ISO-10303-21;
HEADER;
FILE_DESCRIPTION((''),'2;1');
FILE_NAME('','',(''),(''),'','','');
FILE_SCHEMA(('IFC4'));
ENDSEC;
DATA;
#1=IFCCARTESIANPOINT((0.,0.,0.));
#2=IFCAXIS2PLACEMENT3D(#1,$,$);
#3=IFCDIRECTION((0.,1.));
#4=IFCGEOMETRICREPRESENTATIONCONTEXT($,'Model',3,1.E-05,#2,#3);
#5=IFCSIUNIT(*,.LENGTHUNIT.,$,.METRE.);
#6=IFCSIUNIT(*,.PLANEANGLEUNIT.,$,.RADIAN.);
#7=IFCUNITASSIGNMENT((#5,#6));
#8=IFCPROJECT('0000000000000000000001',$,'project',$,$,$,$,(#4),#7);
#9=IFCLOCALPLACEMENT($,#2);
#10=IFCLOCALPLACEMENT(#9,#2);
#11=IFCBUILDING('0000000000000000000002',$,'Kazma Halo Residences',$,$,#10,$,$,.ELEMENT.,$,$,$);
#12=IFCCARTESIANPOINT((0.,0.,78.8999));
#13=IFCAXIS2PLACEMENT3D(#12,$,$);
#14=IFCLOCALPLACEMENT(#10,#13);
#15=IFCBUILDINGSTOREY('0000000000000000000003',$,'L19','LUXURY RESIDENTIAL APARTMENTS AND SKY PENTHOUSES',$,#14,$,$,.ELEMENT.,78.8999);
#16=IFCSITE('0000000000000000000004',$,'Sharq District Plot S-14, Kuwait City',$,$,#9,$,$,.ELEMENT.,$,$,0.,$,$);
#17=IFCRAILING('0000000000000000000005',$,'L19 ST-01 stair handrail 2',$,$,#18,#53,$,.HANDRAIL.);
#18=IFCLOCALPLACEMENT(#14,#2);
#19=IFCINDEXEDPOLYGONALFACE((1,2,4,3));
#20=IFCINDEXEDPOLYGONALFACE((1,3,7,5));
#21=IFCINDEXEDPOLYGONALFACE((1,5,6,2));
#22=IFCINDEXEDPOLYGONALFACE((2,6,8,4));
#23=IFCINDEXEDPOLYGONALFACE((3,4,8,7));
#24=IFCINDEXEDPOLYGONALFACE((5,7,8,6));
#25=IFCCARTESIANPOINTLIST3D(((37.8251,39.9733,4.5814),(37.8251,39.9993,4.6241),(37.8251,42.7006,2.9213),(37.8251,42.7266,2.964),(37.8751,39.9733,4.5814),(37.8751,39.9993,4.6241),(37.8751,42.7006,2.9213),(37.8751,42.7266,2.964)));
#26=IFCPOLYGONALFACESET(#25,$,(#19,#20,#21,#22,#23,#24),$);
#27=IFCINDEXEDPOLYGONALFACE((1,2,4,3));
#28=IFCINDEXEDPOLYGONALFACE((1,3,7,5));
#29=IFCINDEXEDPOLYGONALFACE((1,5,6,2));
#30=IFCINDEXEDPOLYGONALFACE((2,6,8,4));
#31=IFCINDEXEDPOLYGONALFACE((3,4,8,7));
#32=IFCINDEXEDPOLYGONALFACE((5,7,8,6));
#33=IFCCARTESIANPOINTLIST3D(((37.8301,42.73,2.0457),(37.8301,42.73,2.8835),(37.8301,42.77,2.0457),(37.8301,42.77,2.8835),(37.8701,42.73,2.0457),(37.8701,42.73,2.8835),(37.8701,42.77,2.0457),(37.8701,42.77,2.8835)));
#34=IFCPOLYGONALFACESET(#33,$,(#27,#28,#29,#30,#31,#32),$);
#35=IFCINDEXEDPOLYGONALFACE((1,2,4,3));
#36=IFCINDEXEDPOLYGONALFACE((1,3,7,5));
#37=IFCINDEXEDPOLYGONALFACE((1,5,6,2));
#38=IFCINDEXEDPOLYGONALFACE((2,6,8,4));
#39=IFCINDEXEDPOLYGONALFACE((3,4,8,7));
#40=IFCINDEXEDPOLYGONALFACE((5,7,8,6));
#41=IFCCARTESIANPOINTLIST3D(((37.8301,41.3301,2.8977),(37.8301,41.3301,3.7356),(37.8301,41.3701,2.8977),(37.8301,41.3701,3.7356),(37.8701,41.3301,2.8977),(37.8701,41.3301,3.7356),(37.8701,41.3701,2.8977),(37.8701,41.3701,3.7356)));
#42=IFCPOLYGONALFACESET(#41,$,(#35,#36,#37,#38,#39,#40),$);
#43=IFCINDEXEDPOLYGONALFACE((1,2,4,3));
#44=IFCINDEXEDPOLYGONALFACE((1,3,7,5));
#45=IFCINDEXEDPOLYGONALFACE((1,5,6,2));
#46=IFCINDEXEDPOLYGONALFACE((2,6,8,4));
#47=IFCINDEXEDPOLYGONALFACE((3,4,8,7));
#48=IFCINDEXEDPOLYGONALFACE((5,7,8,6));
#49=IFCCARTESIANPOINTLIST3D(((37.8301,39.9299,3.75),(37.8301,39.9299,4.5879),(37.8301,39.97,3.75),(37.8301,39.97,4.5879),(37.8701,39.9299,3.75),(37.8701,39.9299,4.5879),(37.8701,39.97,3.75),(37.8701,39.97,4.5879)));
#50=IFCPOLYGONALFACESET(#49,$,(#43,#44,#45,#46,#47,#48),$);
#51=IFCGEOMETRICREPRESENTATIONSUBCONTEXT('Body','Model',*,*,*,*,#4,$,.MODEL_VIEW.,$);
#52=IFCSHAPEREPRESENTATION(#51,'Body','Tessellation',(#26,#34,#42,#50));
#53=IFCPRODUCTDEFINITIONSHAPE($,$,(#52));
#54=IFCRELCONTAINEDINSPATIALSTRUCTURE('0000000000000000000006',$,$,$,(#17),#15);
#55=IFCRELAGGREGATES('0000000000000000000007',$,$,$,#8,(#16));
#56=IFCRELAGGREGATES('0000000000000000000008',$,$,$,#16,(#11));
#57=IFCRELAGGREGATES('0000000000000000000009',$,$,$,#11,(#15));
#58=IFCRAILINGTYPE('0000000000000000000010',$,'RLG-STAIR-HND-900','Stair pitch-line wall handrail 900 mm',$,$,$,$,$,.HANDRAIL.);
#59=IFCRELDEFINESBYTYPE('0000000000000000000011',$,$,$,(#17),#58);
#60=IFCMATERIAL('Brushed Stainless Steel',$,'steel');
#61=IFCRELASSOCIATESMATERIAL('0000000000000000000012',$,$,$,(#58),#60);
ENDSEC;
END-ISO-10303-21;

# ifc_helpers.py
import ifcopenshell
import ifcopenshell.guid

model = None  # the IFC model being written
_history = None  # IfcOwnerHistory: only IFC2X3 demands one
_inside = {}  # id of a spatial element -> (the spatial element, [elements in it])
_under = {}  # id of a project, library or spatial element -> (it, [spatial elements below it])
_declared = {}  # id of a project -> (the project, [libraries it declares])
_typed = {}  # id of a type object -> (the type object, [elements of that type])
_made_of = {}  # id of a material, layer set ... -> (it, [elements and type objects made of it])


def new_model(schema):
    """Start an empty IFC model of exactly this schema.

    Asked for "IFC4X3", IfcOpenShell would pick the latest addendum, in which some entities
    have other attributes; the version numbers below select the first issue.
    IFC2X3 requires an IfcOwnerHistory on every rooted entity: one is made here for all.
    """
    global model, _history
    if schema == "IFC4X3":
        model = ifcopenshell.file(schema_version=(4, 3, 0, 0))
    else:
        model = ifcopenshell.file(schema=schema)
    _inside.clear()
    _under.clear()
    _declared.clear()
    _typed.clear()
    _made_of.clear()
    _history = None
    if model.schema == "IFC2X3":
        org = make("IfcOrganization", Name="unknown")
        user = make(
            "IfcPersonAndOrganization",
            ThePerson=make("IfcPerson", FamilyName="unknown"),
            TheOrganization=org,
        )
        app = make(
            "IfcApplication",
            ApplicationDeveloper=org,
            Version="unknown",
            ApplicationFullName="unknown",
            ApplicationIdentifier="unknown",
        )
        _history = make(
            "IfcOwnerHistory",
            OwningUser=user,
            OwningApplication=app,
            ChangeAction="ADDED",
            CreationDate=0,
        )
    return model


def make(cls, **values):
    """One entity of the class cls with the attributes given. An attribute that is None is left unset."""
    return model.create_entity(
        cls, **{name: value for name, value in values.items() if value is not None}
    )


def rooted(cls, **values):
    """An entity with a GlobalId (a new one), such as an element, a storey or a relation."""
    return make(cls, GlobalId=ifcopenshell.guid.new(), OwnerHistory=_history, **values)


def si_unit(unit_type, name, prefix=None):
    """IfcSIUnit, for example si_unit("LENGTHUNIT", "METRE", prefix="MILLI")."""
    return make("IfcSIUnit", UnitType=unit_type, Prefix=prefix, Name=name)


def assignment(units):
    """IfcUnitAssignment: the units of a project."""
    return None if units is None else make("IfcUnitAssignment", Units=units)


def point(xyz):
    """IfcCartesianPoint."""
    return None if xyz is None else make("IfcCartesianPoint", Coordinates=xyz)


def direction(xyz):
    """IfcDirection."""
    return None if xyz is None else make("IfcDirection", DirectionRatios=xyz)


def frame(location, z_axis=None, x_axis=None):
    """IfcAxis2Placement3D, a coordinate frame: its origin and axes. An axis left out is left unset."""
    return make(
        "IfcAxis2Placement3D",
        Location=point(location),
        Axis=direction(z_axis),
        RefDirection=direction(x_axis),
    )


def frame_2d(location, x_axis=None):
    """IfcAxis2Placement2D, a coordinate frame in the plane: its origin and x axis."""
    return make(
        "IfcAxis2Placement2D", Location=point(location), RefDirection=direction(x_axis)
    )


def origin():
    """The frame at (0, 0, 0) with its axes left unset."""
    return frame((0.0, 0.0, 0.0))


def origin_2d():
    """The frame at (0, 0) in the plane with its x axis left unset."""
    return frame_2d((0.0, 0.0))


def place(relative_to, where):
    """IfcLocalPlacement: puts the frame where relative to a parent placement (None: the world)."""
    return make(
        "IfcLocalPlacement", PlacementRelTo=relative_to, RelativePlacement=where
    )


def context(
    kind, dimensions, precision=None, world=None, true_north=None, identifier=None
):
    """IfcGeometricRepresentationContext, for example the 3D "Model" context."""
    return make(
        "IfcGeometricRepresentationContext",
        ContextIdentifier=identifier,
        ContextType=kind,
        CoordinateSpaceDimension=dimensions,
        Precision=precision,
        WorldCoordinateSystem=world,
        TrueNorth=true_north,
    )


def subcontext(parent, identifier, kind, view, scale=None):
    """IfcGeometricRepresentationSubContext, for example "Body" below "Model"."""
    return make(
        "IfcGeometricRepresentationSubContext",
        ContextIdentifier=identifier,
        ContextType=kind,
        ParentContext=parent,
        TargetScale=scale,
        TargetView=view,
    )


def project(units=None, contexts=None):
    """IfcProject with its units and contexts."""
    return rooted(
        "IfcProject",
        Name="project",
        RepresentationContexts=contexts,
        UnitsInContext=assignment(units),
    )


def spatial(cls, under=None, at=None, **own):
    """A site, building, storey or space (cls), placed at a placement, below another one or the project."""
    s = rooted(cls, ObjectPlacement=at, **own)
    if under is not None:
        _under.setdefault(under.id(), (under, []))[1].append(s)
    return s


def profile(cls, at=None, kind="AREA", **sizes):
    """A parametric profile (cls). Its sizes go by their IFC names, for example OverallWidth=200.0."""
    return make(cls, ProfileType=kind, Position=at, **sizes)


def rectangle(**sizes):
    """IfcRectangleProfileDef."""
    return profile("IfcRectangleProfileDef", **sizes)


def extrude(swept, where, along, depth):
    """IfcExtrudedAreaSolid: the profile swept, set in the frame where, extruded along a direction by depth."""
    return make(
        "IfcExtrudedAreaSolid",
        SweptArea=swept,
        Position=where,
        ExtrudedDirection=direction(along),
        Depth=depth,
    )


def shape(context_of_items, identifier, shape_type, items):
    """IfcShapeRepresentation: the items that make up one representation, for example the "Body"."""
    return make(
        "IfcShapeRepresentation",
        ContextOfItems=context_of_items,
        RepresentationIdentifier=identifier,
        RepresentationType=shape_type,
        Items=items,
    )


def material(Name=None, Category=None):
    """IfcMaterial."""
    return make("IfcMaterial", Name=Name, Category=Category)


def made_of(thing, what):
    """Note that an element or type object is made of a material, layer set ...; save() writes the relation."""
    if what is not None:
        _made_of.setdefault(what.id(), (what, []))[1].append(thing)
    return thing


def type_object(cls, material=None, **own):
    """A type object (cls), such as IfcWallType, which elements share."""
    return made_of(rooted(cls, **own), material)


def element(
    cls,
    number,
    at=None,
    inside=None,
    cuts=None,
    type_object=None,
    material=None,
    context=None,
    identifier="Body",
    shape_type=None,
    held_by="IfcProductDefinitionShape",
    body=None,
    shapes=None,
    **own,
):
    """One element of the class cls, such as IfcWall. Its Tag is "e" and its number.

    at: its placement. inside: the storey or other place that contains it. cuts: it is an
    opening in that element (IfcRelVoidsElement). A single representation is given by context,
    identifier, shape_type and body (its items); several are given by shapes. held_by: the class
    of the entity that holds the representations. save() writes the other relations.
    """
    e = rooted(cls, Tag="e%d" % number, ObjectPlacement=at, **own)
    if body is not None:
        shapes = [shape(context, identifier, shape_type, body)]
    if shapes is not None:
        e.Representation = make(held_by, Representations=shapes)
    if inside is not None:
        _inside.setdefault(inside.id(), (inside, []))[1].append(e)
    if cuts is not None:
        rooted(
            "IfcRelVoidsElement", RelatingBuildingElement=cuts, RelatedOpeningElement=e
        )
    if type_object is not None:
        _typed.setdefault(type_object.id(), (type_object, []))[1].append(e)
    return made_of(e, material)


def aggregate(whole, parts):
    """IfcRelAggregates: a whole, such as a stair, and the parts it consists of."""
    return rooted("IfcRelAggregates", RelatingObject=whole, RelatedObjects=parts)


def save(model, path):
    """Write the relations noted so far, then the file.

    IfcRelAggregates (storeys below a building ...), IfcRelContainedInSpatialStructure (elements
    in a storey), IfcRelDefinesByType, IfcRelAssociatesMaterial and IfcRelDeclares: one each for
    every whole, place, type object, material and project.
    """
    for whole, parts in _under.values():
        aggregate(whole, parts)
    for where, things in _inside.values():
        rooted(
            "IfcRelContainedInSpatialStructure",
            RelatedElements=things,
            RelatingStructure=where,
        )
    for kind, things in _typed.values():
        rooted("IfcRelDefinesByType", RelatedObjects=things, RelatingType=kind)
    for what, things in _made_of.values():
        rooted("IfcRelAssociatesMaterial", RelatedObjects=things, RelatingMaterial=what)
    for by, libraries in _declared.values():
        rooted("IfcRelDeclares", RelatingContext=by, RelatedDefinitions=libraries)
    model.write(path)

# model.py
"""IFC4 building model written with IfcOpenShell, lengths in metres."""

from ifc_helpers import new_model, si_unit, direction, frame, origin, origin_2d, place, context, subcontext, project, spatial, rectangle, extrude, material, type_object, element, save


model = new_model("IFC4")

# Units and contexts
model_context = context("Model", 3, precision=1e-05, world=origin(), true_north=direction((0.0, 1.0)))
body_context = subcontext(model_context, "Body", "Model", "MODEL_VIEW")
ifc_project = project(units=[si_unit("LENGTHUNIT", "METRE"), si_unit("PLANEANGLEUNIT", "RADIAN")], contexts=[model_context])

# Site, building, storey
site_placement = place(None, origin())
site = spatial("IfcSite", under=ifc_project, at=site_placement, Name="Sharq District Plot S-14, Kuwait City", CompositionType="ELEMENT", RefElevation=0.0)
building_placement = place(site_placement, origin())
building = spatial("IfcBuilding", under=site, at=building_placement, Name="Kazma Halo Residences", CompositionType="ELEMENT")
storey_placement = place(building_placement, frame((0.0, 0.0, 78.8999)))
storey = spatial("IfcBuildingStorey", under=building, at=storey_placement, Name="L19", Description="LUXURY RESIDENTIAL APARTMENTS AND SKY PENTHOUSES", CompositionType="ELEMENT", Elevation=78.8999)

# Railing
ifc_material_1 = material(Name="Brushed Stainless Steel", Category="steel")
railing_type_1 = type_object("IfcRailingType", Name="RLG-STAIR-HND-900", Description="Stair pitch-line wall handrail 900 mm", PredefinedType="HANDRAIL", material=ifc_material_1)
railing_1_placement = place(storey_placement, frame((37.8501, 42.75, 2.0457)))
element("IfcRailing", 1, at=railing_1_placement, inside=storey, type_object=railing_type_1, Name="L19 ST-01 stair handrail 2", PredefinedType="HANDRAIL", context=body_context, shape_type="SweptSolid", body=[
    extrude(rectangle(XDim=0.05, YDim=0.05, at=origin_2d()), frame((0.0, -0.0364, 0.897), z_axis=(0.0, -0.854203, 0.51994), x_axis=(1.0, 0.0, 0.0)), (0.0, 0.0, 1.0), 3.1929),
    extrude(rectangle(XDim=0.04, YDim=0.04, at=origin_2d()), origin(), (0.0, 0.0, 1.0), 0.8379),
    extrude(rectangle(XDim=0.04, YDim=0.04, at=origin_2d()), frame((0.0, -1.3999, 0.8521)), (0.0, 0.0, 1.0), 0.8379),
    extrude(rectangle(XDim=0.04, YDim=0.04, at=origin_2d()), frame((0.0, -2.8, 1.7043)), (0.0, 0.0, 1.0), 0.8379),
])

save(model, "model.ifc")
